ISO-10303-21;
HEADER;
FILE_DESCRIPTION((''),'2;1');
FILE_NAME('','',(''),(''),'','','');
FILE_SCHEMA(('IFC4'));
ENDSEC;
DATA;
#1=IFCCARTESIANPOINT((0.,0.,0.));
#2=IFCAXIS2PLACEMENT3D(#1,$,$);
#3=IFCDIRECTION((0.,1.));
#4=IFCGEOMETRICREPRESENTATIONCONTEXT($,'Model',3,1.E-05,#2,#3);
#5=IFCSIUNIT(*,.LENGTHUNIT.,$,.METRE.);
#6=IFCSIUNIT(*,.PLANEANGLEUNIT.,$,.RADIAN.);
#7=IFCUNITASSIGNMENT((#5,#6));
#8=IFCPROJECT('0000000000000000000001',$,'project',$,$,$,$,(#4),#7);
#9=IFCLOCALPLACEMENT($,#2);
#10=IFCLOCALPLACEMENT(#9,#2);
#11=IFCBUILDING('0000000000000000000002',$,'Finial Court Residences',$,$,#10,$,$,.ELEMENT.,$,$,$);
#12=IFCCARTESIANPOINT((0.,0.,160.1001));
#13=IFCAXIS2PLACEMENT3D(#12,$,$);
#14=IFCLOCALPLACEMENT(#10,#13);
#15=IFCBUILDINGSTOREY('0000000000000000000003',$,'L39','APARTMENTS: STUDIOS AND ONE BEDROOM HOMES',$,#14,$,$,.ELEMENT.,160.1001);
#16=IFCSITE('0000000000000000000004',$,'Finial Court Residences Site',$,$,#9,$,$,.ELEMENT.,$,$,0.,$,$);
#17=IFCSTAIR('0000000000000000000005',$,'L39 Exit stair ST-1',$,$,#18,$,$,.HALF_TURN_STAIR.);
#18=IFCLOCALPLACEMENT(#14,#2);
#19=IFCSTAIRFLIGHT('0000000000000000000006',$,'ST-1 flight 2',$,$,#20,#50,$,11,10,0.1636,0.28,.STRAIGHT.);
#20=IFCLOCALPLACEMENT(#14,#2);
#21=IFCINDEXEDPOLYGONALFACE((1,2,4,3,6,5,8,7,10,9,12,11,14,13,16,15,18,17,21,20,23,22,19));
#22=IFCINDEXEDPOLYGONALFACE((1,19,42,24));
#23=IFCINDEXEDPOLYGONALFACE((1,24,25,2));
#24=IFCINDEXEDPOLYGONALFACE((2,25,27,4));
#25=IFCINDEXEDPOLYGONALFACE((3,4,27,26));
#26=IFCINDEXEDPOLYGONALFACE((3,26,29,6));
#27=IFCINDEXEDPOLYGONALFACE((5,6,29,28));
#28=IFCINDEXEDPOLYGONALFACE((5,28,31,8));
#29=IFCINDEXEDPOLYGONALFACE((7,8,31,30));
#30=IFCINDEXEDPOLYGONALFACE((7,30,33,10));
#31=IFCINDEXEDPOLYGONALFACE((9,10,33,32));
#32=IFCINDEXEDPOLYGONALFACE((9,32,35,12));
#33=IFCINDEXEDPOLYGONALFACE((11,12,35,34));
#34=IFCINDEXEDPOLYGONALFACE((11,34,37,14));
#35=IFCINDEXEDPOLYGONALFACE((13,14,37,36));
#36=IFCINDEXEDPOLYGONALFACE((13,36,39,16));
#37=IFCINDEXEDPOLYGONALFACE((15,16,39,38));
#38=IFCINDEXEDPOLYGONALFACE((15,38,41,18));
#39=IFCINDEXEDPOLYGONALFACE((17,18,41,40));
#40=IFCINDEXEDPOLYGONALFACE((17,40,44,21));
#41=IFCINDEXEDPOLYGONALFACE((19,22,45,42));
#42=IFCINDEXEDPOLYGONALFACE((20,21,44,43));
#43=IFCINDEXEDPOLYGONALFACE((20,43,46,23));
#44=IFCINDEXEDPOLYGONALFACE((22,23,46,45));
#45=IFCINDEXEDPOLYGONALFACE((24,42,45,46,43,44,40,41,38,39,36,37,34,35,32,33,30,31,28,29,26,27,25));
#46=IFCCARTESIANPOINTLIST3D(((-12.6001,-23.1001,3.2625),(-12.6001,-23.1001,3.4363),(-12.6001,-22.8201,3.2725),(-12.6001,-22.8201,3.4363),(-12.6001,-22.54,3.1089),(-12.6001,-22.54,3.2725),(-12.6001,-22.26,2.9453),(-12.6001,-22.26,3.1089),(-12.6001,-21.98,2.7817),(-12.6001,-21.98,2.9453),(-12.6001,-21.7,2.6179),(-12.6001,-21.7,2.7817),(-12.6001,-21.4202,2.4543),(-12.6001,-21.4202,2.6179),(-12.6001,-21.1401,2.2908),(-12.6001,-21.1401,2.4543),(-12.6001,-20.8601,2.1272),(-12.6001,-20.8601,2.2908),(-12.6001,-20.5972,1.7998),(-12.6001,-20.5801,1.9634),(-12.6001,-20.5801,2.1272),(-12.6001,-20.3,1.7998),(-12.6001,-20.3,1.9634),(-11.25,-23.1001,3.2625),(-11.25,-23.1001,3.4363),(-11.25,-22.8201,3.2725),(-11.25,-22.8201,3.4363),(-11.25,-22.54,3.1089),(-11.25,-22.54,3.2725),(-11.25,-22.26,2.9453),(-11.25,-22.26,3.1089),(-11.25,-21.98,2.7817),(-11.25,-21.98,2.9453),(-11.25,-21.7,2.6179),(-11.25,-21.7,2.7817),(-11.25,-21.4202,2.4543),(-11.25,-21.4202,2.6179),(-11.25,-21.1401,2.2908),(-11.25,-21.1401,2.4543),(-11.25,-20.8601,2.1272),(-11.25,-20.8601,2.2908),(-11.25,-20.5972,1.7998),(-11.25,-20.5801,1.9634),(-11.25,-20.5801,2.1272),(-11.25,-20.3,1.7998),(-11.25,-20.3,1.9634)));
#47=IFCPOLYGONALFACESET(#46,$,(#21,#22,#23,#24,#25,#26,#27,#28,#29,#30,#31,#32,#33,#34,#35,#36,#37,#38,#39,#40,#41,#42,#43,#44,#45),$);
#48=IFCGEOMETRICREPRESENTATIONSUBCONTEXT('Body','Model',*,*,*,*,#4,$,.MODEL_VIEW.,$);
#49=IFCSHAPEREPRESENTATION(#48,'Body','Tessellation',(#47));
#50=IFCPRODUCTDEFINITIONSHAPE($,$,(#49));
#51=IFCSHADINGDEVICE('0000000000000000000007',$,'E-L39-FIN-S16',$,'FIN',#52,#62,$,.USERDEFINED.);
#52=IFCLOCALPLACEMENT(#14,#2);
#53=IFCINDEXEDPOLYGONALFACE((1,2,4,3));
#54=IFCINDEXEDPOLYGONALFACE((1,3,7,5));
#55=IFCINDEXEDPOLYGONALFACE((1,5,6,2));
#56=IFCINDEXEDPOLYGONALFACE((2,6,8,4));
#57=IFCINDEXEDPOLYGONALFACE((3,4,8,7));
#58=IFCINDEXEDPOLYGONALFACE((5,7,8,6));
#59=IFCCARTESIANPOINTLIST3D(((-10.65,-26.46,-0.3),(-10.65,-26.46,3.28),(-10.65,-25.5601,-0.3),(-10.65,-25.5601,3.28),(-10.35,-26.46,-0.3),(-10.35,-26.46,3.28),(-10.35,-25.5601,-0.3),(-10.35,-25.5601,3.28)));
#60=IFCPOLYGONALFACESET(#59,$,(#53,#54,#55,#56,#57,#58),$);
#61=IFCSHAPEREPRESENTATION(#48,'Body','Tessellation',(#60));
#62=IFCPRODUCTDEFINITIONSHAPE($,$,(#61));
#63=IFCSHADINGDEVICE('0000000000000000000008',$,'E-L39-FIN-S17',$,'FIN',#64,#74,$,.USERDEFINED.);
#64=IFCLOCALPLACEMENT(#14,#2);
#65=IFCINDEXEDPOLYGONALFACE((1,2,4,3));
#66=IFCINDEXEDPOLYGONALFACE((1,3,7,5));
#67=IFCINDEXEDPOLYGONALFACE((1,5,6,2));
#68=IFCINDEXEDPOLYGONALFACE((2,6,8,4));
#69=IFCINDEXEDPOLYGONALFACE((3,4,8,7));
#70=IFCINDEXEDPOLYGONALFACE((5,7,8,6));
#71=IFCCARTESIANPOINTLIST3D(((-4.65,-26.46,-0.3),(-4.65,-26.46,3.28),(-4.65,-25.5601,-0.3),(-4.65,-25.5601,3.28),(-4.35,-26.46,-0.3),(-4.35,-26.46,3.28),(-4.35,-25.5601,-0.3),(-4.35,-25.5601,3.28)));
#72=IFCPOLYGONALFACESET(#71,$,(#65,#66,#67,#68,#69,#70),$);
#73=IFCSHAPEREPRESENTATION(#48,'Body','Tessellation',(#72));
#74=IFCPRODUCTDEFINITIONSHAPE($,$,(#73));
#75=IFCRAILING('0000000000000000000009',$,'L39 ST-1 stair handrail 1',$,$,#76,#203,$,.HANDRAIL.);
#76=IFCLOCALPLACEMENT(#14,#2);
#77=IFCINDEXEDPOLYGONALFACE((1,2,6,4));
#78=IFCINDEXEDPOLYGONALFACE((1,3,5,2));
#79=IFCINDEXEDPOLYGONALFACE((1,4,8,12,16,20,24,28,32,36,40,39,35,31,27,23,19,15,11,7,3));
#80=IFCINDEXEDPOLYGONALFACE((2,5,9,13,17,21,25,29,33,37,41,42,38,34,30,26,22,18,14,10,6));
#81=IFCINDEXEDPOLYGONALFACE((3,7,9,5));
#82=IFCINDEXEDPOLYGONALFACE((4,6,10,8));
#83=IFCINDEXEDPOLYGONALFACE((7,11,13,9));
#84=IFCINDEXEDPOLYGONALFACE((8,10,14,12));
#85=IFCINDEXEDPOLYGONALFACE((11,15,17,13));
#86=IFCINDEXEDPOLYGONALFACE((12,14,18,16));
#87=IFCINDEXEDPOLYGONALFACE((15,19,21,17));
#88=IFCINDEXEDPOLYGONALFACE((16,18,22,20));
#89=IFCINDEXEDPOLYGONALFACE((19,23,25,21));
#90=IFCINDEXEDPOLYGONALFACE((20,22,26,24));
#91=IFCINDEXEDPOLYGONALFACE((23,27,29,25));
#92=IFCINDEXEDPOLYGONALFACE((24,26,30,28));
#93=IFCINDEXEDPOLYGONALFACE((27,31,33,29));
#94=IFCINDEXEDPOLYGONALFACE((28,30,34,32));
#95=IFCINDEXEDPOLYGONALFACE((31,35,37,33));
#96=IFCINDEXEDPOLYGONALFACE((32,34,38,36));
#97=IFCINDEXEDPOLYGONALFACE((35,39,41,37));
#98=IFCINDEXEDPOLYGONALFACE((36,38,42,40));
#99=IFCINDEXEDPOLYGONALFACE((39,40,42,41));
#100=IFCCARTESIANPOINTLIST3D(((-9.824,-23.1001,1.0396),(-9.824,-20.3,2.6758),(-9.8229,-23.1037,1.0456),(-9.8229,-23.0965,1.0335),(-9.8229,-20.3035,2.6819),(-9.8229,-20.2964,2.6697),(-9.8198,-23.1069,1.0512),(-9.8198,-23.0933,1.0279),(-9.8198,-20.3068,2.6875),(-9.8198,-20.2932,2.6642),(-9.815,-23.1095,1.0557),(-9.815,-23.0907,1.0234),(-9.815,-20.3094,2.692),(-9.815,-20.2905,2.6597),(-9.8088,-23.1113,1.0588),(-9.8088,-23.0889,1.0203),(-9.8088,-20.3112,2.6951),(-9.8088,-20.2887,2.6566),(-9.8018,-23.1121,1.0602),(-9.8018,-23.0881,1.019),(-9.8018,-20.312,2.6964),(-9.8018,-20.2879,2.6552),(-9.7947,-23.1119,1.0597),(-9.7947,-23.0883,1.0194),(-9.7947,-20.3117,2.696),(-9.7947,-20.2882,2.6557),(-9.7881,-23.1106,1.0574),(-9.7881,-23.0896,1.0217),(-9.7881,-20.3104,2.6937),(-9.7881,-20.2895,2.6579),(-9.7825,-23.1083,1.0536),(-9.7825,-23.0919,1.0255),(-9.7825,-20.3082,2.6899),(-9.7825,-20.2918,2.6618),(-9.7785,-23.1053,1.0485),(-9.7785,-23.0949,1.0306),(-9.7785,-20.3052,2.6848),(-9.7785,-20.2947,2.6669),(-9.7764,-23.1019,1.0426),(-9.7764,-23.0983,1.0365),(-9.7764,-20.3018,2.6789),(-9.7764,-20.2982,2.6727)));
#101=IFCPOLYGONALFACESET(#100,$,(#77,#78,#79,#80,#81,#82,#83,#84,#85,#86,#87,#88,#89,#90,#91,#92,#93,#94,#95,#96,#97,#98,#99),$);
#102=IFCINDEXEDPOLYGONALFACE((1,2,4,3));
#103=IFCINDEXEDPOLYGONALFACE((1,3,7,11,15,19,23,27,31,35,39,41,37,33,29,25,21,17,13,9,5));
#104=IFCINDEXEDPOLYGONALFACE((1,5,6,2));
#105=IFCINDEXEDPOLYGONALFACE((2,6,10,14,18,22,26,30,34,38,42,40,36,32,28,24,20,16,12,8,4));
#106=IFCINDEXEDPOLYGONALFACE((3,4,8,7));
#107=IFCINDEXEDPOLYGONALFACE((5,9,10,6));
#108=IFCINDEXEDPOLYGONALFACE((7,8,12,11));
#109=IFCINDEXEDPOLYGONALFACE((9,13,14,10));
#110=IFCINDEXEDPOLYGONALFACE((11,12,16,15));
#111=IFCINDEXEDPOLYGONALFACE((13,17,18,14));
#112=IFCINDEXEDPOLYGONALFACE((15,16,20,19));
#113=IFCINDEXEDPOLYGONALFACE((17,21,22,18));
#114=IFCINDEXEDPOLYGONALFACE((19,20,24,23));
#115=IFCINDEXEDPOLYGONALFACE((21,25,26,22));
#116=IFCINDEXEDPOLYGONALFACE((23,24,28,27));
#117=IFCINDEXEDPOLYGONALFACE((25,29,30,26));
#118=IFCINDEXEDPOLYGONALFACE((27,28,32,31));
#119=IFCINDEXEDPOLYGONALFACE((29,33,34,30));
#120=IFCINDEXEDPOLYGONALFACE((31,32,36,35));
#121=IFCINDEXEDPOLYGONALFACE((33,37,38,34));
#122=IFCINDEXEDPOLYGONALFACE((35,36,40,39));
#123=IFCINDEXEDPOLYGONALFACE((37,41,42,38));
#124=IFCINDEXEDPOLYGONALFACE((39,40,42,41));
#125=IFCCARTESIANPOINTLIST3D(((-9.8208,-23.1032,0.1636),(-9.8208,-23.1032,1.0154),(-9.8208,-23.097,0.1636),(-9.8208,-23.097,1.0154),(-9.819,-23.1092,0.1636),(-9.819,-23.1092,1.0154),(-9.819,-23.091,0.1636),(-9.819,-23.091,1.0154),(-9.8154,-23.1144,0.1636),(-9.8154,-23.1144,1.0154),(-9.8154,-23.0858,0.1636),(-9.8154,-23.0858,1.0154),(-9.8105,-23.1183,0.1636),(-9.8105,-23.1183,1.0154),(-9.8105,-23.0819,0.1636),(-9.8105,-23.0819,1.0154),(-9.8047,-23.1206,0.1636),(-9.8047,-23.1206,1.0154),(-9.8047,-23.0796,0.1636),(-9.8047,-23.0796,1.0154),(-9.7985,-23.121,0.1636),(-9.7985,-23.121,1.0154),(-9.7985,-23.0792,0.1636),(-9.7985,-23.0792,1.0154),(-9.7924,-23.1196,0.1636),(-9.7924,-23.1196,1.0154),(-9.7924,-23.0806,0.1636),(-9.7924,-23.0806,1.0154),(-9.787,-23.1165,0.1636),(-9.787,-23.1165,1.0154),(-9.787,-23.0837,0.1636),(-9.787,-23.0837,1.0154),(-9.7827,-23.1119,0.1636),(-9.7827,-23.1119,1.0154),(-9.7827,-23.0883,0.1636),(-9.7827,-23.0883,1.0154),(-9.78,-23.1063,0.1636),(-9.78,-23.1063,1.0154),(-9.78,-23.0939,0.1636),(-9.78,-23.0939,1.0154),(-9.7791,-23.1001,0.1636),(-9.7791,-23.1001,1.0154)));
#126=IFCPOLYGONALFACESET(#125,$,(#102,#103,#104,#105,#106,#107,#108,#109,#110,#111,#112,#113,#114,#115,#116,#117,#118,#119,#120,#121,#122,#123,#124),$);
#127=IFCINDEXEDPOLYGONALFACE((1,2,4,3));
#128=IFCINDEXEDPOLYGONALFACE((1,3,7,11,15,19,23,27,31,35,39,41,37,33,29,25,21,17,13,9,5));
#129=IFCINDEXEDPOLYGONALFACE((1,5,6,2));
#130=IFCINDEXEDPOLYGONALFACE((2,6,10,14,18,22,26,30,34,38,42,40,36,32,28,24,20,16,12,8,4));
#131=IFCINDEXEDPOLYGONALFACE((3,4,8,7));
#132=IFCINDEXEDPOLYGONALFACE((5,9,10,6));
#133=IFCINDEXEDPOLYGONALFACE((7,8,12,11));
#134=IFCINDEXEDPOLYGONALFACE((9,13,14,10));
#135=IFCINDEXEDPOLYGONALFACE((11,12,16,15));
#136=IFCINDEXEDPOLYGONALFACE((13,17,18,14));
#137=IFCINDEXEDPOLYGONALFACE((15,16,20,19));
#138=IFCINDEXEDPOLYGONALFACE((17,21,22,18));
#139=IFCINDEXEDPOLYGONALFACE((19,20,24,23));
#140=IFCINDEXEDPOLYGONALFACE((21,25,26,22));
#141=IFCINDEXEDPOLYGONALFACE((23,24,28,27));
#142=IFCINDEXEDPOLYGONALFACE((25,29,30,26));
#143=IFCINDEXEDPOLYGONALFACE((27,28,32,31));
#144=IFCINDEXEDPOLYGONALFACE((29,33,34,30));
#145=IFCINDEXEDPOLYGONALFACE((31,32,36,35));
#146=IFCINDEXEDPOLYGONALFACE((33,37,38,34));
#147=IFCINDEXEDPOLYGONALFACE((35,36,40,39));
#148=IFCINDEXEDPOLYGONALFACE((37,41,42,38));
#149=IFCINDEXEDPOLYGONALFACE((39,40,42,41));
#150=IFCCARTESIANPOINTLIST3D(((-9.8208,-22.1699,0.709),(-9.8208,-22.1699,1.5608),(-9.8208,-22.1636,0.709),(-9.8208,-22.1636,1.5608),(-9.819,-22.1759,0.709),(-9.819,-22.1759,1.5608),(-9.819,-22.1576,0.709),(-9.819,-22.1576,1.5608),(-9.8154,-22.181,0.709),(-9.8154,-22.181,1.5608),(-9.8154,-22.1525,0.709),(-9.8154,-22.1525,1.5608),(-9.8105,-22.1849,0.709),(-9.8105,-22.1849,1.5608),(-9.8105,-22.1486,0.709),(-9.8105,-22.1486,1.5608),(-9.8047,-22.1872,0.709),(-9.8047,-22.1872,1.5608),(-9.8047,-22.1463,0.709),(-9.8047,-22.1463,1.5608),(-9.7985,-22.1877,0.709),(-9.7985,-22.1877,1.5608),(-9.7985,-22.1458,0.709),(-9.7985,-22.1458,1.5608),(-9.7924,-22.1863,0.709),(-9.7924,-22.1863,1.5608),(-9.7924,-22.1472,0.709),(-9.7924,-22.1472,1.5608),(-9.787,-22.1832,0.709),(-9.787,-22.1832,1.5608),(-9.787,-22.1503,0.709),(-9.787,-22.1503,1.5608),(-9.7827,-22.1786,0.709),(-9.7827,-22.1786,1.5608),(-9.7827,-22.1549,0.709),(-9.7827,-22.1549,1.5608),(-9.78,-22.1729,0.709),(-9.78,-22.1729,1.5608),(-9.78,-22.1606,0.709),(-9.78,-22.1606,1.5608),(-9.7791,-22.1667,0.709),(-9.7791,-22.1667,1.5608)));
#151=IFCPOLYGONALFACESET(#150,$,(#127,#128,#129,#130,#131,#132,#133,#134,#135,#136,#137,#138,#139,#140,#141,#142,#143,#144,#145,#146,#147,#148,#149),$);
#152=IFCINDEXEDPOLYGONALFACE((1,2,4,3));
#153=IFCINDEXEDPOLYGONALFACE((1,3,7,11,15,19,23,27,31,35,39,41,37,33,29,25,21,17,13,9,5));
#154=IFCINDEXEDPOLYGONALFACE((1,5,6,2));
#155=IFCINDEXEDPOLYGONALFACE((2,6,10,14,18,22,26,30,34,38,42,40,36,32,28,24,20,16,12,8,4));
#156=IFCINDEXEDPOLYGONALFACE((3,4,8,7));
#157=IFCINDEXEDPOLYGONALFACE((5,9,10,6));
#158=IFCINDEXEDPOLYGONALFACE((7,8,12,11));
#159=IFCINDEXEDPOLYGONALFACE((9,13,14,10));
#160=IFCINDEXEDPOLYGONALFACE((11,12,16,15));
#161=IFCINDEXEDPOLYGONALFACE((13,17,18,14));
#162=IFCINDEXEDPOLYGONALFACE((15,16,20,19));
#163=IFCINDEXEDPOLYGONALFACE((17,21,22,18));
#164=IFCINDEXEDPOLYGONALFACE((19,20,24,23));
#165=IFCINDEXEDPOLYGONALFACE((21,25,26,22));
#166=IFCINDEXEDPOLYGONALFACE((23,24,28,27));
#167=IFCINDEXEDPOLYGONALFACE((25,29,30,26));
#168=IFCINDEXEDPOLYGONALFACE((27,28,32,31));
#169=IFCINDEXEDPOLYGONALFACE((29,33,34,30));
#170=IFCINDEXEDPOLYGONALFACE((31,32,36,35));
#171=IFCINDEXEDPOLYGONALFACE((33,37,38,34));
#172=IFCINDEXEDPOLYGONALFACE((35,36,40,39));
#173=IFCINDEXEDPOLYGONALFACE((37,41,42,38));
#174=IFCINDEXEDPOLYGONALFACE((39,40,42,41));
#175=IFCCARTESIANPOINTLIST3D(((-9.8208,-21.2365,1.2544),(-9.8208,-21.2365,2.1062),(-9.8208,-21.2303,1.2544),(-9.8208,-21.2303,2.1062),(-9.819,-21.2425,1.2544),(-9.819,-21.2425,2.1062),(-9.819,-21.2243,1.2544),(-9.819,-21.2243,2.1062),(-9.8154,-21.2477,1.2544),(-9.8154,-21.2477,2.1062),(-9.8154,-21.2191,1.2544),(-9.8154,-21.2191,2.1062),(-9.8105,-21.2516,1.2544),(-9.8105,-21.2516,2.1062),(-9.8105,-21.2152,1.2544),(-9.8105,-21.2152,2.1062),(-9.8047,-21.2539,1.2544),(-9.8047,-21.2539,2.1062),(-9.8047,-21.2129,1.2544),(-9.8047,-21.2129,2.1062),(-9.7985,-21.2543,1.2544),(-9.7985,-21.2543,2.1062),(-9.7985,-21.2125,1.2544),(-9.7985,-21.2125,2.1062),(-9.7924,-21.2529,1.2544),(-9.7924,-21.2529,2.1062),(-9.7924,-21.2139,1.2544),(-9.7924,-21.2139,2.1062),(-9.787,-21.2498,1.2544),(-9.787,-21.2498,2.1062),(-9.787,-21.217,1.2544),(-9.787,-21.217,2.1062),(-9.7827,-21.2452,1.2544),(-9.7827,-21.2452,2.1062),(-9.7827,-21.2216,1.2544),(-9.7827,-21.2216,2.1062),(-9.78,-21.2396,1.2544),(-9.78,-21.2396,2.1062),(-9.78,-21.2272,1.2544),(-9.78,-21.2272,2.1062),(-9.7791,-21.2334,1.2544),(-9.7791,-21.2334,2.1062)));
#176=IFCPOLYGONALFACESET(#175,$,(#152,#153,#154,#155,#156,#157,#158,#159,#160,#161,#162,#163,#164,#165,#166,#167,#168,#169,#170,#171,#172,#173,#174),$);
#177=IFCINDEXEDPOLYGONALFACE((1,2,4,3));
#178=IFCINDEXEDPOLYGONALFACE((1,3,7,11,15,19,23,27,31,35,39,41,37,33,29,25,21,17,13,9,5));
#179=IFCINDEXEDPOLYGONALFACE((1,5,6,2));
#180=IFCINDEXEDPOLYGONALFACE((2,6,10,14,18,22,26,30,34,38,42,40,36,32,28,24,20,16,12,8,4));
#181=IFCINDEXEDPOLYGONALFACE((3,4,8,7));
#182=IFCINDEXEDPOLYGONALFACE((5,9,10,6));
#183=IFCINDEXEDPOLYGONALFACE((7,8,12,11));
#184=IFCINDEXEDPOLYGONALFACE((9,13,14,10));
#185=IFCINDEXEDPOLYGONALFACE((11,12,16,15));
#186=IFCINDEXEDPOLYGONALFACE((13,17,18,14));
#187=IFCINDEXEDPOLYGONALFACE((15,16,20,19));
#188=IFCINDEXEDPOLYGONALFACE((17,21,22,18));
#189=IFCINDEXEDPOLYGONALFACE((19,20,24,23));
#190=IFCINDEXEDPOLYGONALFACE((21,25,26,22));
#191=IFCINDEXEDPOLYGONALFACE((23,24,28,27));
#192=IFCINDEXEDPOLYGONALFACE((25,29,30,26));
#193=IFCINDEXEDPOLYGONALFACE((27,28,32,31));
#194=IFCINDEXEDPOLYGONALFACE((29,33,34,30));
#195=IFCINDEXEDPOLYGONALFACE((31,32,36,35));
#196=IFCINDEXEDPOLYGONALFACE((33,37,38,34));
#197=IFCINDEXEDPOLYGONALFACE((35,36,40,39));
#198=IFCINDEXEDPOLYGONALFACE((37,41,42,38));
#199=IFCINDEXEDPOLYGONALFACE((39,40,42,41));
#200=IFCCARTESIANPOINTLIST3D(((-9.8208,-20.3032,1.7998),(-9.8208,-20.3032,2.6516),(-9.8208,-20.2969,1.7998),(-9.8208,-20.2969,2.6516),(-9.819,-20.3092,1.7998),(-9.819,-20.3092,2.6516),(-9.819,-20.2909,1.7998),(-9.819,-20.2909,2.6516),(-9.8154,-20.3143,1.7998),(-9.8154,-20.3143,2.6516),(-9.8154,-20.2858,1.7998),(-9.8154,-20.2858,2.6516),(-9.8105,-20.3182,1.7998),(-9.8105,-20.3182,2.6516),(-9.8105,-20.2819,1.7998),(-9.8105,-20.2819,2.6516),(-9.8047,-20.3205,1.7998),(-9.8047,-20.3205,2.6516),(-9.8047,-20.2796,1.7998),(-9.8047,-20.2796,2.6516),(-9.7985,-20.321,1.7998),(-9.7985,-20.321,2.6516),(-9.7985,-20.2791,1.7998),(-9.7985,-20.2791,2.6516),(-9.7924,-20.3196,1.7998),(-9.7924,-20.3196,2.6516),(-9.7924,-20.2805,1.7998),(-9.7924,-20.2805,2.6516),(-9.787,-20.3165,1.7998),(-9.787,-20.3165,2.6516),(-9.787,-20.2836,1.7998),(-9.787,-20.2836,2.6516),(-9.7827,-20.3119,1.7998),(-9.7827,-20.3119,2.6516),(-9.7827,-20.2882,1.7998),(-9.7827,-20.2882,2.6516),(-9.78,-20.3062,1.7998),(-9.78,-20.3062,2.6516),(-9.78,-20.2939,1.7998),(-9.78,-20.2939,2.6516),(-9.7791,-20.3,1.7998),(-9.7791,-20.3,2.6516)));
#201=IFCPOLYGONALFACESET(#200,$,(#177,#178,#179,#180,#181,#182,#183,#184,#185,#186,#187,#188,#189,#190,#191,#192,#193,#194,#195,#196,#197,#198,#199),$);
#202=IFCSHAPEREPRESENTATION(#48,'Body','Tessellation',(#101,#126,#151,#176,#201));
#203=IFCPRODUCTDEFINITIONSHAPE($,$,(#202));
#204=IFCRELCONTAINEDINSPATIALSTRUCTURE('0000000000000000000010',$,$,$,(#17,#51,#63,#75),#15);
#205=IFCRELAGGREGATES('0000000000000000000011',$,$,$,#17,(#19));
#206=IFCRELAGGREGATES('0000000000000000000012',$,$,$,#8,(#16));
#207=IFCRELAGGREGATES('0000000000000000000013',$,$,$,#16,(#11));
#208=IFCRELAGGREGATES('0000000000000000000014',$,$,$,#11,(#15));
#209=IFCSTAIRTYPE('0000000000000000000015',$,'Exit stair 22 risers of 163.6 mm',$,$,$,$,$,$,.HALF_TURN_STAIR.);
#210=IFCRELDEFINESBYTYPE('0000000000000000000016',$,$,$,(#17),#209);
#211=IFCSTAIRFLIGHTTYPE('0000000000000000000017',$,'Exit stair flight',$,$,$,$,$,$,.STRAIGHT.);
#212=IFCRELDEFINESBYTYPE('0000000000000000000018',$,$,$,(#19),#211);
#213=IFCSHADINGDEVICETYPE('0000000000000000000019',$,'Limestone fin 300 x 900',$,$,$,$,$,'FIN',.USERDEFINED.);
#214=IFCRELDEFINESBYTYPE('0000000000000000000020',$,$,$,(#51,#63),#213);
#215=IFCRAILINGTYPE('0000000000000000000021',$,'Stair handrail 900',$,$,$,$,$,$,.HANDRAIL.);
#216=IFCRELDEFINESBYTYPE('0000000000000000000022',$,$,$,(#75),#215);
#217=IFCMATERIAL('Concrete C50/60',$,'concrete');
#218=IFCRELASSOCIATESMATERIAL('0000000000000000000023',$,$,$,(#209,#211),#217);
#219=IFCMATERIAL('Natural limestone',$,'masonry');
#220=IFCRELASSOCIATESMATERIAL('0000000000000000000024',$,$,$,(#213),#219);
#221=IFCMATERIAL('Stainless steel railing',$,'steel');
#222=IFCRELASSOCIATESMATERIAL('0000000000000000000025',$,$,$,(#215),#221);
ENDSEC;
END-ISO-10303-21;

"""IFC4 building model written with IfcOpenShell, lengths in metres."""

from ifc_helpers import new_model, si_unit, direction, frame, origin, origin_2d, place, context, subcontext, project, spatial, polyline, rectangle, circle, outline, extrude, material, type_object, element, aggregate, save


model = new_model("IFC4")

# Units and contexts
model_context = context("Model", 3, precision=1e-05, world=origin(), true_north=direction((0.0, 1.0)))
body_context = subcontext(model_context, "Body", "Model", "MODEL_VIEW")
ifc_project = project(units=[si_unit("LENGTHUNIT", "METRE"), si_unit("PLANEANGLEUNIT", "RADIAN")], contexts=[model_context])

# Site, building, storey
site_placement = place(None, origin())
site = spatial("IfcSite", under=ifc_project, at=site_placement, Name="Finial Court Residences Site", CompositionType="ELEMENT", RefElevation=0.0)
building_placement = place(site_placement, origin())
building = spatial("IfcBuilding", under=site, at=building_placement, Name="Finial Court Residences", CompositionType="ELEMENT")
storey_placement = place(building_placement, frame((0.0, 0.0, 160.1001)))
storey = spatial("IfcBuildingStorey", under=building, at=storey_placement, Name="L39", Description="APARTMENTS: STUDIOS AND ONE BEDROOM HOMES", CompositionType="ELEMENT", Elevation=160.1001)

# Stair, stair flight
ifc_material_1 = material(Name="Concrete C50/60", Category="concrete")
stair_type = type_object("IfcStairType", Name="Exit stair 22 risers of 163.6 mm", PredefinedType="HALF_TURN_STAIR", material=ifc_material_1)
stair_placement = place(storey_placement, origin())
stair = element("IfcStair", 1, at=stair_placement, inside=storey, type_object=stair_type, Name="L39 Exit stair ST-1", PredefinedType="HALF_TURN_STAIR")
stair_flight_type = type_object("IfcStairFlightType", Name="Exit stair flight", PredefinedType="STRAIGHT", material=ifc_material_1)
stair_flight_1_placement = place(storey_placement, frame((-11.925, -20.3, 1.7998), z_axis=(0.0, 0.0, 1.0), x_axis=(0.0, -1.0, 0.0)))
stair_flight_1 = element("IfcStairFlight", 2, at=stair_flight_1_placement, type_object=stair_flight_type, Name="ST-1 flight 2", NumberOfRisers=11, NumberOfTreads=10, PredefinedType="STRAIGHT", RiserHeight=0.1636, TreadLength=0.28, context=body_context, shape_type="SweptSolid", body=[
    extrude(outline(polyline([(0.0, 0.0), (0.0, 0.1636), (0.28, 0.1636), (0.28, 0.3274), (0.5601, 0.3274), (0.5601, 0.491), (0.8401, 0.491), (0.8401, 0.6545), (1.1201, 0.6545), (1.1201, 0.8181), (1.3999, 0.8181), (1.3999, 0.9819), (1.6799, 0.9819), (1.6799, 1.1455), (1.96, 1.1455), (1.96, 1.3091), (2.24, 1.3091), (2.24, 1.4727), (2.52, 1.4727), (2.52, 1.6365), (2.8, 1.6365), (2.8, 1.8), (2.8, 1.4626), (0.2971, 0.0), (0.0, 0.0)])), frame((0.0, 0.675, 0.0), z_axis=(0.0, -1.0, 0.0), x_axis=(1.0, 0.0, 0.0)), (0.0, 0.0, 1.0), 1.3501),
])
aggregate(stair, [stair_flight_1])

# Shading devices
ifc_material_2 = material(Name="Natural limestone", Category="masonry")
shading_device_type = type_object("IfcShadingDeviceType", Name="Limestone fin 300 x 900", ElementType="FIN", PredefinedType="USERDEFINED", material=ifc_material_2)
for number, where, z_axis, x_axis, name in (
    (3, (-10.5, -26.01, -0.3), (0.0, 0.0, 1.0), (1.0, 0.0, 0.0), "E-L39-FIN-S16"),
    (4, (-4.5, -26.01, -0.3), (0.0, 0.0, 1.0), (1.0, 0.0, 0.0), "E-L39-FIN-S17"),
):
    element("IfcShadingDevice", number, at=place(storey_placement, frame(where, z_axis=z_axis, x_axis=x_axis)), inside=storey, type_object=shading_device_type, Name=name, ObjectType="FIN", PredefinedType="USERDEFINED", context=body_context, shape_type="SweptSolid", body=[
        extrude(rectangle(XDim=0.3, YDim=0.8999, at=origin_2d()), origin(), (0.0, 0.0, 1.0), 3.5801),
    ])

# Railing
ifc_material_3 = material(Name="Stainless steel railing", Category="steel")
railing_type_1 = type_object("IfcRailingType", Name="Stair handrail 900", PredefinedType="HANDRAIL", material=ifc_material_3)
railing_1_placement = place(storey_placement, frame((-9.8, -23.1001, 0.1636)))
element("IfcRailing", 5, at=railing_1_placement, inside=storey, type_object=railing_type_1, Name="L39 ST-1 stair handrail 1", PredefinedType="HANDRAIL", context=body_context, shape_type="SweptSolid", body=[
    extrude(circle(Radius=0.0239, at=origin_2d()), frame((0.0, 0.0, 0.876), z_axis=(0.0, 0.863394, 0.504531), x_axis=(-1.0, 0.0, 0.0)), (0.0, 0.0, 1.0), 3.2432),
    extrude(circle(Radius=0.021, at=origin_2d()), origin(), (0.0, 0.0, 1.0), 0.8518),
    extrude(circle(Radius=0.021, at=origin_2d()), frame((0.0, 0.9333, 0.5454)), (0.0, 0.0, 1.0), 0.8518),
    extrude(circle(Radius=0.021, at=origin_2d()), frame((0.0, 1.8667, 1.0908)), (0.0, 0.0, 1.0), 0.8518),
    extrude(circle(Radius=0.021, at=origin_2d()), frame((0.0, 2.8, 1.6362)), (0.0, 0.0, 1.0), 0.8518),
])

save(model, "model.ifc")
